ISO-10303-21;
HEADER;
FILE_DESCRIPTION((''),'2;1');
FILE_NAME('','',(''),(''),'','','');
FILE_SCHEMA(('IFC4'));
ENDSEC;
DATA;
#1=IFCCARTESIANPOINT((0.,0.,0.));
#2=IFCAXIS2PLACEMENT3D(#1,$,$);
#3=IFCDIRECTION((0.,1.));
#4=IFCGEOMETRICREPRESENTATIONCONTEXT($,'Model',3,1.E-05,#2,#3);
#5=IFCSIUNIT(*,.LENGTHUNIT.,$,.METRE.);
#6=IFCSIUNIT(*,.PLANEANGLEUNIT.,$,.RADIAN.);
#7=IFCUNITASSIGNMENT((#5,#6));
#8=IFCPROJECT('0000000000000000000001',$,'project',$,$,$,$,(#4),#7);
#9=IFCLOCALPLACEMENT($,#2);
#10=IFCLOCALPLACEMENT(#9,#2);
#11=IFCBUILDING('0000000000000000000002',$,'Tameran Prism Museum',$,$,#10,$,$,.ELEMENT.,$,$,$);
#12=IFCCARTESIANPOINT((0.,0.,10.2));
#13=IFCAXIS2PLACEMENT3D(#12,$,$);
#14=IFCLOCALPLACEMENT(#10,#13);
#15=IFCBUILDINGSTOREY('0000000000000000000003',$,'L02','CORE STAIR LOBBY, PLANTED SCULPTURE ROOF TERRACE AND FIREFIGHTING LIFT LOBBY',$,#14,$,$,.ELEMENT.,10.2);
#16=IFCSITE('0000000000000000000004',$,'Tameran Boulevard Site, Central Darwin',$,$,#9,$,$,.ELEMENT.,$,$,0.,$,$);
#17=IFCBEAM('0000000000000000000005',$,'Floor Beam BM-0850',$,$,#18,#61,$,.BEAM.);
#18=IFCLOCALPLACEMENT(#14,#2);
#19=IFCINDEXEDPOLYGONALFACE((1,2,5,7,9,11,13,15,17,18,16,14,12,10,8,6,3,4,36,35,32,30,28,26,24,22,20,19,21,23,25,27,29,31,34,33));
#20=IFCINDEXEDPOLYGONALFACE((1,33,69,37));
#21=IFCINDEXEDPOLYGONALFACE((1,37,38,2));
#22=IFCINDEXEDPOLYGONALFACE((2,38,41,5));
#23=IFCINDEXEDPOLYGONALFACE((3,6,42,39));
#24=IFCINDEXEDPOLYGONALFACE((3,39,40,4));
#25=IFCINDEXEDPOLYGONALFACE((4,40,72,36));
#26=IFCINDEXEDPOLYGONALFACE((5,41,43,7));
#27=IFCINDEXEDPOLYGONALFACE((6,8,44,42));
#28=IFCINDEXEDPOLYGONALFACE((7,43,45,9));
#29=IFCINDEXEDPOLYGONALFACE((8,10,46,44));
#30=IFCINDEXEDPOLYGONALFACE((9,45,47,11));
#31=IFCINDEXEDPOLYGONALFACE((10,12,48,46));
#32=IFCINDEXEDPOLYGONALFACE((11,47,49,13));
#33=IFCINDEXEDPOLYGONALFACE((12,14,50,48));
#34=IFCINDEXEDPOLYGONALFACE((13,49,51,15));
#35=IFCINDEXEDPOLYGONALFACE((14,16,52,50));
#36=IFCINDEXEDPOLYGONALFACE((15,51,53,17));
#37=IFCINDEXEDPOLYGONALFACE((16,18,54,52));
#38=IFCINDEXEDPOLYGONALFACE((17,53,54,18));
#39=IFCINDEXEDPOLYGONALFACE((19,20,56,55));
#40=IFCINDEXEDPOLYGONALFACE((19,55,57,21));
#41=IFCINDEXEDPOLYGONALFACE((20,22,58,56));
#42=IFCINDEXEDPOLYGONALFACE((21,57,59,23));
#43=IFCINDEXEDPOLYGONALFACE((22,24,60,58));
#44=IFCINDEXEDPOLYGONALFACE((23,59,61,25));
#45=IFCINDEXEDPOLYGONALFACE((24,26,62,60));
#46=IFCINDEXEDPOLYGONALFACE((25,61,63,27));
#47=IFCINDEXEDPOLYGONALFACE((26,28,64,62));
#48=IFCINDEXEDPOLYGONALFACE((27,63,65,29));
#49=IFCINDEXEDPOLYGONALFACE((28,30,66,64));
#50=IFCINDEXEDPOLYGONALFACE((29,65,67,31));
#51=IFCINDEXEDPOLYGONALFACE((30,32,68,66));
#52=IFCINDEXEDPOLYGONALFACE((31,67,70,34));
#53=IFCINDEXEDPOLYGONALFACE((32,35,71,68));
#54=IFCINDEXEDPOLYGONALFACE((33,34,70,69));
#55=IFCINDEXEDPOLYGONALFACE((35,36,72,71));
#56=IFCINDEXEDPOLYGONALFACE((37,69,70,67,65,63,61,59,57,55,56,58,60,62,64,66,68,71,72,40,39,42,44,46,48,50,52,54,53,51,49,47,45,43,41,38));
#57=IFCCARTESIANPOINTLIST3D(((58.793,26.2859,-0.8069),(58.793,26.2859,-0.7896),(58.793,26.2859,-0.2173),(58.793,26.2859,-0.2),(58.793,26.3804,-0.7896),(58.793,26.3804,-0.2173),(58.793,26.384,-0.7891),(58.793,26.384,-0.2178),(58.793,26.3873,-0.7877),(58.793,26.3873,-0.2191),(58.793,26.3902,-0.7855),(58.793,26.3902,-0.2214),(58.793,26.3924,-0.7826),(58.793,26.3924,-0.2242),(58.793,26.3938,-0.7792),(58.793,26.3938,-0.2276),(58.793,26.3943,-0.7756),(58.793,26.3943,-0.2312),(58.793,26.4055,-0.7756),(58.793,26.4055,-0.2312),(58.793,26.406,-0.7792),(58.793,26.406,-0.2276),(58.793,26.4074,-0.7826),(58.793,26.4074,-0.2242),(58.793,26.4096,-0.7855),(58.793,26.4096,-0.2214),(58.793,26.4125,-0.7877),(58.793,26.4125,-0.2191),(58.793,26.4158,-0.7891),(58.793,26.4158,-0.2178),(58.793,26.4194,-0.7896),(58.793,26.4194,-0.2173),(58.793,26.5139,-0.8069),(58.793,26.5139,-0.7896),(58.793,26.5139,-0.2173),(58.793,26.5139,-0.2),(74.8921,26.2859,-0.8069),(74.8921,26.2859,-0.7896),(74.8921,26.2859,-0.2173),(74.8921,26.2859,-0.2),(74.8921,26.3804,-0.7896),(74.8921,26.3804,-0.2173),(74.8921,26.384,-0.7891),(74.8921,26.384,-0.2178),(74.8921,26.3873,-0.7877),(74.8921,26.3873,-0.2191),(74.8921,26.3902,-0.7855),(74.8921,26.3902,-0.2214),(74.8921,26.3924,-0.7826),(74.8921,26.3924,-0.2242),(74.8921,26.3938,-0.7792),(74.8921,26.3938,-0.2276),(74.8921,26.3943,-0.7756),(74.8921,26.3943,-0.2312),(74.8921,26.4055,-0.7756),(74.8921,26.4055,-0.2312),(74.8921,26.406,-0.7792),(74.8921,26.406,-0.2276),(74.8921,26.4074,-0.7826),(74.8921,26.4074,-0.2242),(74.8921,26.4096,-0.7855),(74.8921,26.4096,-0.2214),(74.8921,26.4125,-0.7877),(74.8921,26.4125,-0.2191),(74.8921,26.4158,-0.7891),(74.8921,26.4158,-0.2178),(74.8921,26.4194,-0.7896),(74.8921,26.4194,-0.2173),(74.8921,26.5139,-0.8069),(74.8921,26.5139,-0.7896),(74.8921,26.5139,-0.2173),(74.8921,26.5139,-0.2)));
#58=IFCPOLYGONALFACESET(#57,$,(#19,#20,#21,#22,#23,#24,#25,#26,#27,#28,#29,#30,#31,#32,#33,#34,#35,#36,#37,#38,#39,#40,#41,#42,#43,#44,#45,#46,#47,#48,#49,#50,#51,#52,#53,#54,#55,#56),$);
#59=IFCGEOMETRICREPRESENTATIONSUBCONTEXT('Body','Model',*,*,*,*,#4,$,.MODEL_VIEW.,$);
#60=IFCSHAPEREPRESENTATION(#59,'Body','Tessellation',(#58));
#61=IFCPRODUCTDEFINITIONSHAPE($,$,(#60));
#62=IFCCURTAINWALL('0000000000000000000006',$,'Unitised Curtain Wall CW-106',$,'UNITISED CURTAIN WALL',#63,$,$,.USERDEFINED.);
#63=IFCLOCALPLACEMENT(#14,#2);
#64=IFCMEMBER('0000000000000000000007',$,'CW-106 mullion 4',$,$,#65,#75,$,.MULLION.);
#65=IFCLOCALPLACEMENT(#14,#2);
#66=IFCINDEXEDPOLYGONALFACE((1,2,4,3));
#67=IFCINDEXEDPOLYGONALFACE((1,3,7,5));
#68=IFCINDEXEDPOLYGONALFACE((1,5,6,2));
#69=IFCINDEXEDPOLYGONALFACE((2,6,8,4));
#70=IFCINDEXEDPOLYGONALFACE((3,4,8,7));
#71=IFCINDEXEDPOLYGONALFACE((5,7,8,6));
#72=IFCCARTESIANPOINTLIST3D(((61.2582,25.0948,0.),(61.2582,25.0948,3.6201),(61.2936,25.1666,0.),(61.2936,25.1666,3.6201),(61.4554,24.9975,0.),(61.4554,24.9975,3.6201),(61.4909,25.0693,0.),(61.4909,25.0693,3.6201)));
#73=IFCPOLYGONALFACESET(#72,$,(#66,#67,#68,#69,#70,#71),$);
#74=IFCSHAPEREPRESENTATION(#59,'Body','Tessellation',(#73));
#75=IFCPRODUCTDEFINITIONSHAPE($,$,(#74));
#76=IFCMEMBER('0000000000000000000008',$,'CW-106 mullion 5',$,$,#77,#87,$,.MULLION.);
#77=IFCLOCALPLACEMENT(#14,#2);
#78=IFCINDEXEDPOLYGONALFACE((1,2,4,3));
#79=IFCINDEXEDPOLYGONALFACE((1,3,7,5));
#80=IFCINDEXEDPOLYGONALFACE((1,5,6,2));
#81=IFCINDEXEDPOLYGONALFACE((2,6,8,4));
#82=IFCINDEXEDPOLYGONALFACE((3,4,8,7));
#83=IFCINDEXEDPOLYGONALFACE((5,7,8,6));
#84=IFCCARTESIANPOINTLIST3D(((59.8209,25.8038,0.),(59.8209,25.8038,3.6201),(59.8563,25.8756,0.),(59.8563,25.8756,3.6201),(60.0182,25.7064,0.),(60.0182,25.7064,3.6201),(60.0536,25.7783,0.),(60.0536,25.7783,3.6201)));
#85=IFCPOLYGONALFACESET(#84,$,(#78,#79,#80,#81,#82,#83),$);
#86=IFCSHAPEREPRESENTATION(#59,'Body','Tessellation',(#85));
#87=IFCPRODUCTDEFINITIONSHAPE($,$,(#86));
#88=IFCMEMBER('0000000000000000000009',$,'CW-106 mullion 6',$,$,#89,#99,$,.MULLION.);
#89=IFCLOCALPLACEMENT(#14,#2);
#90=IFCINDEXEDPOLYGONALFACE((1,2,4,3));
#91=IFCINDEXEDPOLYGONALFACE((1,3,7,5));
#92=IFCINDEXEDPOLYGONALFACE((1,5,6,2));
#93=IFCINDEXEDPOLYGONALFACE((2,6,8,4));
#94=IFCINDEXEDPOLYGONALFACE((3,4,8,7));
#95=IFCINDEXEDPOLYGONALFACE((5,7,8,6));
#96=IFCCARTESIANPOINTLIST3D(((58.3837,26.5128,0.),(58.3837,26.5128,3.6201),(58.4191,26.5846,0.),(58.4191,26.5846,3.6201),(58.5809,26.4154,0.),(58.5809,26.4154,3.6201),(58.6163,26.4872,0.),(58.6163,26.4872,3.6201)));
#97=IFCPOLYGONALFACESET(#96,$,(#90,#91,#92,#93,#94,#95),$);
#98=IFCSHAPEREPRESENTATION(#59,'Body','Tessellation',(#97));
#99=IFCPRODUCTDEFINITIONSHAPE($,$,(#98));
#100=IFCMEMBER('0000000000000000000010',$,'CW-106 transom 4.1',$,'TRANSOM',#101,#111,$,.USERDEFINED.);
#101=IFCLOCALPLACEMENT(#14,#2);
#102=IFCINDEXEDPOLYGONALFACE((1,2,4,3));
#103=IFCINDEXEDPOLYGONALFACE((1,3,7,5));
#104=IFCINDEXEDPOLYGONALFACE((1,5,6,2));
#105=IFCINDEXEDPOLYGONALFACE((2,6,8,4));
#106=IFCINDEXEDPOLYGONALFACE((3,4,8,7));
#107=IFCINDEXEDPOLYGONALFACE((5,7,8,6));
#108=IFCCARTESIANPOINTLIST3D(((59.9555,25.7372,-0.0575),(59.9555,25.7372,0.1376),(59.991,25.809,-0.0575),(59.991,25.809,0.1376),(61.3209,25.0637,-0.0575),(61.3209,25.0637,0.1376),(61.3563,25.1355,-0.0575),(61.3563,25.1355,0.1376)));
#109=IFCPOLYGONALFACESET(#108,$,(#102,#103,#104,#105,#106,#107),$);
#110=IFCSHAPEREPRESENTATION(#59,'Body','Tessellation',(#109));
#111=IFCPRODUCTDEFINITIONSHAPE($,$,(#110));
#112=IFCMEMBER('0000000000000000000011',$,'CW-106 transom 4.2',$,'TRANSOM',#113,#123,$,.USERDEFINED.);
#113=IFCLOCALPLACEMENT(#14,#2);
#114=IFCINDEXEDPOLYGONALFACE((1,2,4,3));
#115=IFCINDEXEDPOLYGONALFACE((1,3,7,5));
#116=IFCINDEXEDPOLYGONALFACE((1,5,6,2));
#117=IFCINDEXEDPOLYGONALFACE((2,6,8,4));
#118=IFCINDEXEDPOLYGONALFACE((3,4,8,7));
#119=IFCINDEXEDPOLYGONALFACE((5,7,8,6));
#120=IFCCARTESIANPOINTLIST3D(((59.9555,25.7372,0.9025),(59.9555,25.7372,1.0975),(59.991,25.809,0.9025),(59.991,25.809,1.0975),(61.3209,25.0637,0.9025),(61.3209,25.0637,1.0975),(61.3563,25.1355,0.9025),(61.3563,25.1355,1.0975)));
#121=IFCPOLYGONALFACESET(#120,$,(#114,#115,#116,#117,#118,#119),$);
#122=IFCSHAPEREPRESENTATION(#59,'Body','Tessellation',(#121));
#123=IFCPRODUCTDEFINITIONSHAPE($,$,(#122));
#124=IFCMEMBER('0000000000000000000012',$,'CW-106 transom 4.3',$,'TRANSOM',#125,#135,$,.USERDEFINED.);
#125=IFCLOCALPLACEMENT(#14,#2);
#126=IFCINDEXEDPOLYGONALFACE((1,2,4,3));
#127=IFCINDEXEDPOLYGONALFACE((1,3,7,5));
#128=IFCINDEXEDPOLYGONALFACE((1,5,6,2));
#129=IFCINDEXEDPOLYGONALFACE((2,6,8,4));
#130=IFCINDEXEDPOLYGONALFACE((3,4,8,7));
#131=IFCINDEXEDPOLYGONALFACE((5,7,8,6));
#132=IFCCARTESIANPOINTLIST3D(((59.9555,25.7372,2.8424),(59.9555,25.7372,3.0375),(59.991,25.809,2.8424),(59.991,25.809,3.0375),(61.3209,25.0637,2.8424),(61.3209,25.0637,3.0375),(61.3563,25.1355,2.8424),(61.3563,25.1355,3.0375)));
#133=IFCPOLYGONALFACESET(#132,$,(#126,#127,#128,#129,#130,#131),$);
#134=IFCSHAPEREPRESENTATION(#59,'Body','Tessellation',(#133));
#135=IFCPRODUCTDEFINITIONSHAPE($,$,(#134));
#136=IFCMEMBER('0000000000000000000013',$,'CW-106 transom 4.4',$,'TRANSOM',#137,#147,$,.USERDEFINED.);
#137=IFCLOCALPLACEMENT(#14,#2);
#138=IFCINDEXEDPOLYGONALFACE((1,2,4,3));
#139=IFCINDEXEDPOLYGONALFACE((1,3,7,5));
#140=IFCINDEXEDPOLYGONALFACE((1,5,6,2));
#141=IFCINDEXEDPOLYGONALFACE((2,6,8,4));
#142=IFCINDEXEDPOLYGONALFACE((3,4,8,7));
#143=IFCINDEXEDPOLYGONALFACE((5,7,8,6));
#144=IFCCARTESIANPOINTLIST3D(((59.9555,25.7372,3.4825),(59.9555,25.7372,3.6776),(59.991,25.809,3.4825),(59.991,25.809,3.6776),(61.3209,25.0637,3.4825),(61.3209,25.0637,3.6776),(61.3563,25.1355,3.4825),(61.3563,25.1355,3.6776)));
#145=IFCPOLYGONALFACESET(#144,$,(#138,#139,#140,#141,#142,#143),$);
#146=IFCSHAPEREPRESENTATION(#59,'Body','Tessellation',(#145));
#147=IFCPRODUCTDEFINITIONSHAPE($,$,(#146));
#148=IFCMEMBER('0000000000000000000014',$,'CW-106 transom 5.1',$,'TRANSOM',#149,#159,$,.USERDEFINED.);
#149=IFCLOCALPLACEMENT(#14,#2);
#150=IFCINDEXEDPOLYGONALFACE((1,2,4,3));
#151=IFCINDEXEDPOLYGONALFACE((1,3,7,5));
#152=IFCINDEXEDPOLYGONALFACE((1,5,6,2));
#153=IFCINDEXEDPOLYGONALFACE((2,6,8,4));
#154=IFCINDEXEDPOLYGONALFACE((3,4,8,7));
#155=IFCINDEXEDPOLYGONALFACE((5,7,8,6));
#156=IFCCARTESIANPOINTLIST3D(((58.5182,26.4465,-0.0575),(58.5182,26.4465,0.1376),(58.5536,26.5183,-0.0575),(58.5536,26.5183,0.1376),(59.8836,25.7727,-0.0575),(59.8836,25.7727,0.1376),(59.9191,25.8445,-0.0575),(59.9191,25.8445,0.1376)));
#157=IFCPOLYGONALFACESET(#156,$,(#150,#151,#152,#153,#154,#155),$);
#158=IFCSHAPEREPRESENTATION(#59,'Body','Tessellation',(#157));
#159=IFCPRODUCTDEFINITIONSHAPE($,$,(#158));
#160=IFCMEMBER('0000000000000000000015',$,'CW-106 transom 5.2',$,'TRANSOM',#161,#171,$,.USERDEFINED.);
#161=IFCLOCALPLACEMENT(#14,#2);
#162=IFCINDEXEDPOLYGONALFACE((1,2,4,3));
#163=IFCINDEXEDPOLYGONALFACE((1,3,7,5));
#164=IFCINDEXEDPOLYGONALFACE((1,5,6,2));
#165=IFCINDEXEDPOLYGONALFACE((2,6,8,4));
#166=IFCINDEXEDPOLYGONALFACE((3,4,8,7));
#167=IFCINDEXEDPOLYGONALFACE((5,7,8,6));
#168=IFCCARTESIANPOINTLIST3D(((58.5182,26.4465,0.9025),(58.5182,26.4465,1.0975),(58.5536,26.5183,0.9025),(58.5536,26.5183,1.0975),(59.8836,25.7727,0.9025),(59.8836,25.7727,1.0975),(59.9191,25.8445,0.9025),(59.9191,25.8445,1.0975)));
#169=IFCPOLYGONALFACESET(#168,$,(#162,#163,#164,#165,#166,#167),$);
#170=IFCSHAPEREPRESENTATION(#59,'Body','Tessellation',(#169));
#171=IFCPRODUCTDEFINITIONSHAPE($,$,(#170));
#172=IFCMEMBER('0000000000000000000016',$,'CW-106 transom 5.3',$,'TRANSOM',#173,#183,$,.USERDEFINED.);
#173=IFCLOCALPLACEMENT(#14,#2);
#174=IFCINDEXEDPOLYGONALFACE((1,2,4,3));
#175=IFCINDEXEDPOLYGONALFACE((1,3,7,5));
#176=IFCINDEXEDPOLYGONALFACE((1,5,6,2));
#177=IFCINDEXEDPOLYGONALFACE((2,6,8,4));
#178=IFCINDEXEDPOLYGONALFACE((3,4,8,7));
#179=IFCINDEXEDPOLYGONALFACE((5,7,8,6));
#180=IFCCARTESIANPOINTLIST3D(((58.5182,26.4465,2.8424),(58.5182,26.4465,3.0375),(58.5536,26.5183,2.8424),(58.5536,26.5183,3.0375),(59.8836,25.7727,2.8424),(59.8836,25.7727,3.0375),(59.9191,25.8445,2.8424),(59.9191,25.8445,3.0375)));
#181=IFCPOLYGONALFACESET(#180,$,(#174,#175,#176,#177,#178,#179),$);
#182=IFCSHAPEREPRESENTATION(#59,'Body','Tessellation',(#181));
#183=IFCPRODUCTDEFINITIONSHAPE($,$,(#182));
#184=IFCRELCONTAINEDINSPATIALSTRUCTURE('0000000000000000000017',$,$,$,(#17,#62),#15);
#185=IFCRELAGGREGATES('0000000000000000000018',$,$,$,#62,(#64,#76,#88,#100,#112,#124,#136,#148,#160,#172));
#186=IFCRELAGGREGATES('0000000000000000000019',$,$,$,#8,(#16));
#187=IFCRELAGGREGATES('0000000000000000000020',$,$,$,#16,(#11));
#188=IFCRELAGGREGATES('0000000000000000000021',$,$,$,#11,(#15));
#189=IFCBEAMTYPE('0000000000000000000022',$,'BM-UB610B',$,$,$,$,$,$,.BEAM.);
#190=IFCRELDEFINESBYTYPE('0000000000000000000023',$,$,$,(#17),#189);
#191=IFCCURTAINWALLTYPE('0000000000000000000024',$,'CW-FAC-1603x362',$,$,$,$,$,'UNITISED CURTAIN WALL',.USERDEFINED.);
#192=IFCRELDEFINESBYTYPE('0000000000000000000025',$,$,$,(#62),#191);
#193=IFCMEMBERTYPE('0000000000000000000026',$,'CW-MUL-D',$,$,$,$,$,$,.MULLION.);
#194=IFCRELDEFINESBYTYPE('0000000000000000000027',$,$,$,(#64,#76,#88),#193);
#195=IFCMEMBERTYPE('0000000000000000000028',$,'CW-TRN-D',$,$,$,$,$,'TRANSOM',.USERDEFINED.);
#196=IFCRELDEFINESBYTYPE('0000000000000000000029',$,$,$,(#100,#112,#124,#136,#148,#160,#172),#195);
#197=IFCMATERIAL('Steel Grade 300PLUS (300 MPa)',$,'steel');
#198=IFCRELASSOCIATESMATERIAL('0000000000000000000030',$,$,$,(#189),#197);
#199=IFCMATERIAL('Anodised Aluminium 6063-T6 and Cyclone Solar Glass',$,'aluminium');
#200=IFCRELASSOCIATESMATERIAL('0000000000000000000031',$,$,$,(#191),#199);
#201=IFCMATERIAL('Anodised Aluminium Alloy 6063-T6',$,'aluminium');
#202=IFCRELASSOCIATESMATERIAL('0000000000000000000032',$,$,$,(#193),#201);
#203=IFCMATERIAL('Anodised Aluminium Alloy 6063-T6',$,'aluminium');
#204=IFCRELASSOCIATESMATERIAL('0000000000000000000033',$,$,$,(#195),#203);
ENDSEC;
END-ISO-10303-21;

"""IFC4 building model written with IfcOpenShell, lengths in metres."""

from ifc_helpers import new_model, si_unit, direction, frame, origin, origin_2d, place, context, subcontext, project, spatial, rectangle, i_section, extrude, material, material_profile, profile_set, type_object, element, aggregate, save


model = new_model("IFC4")

# Units and contexts
model_context = context("Model", 3, precision=1e-05, world=origin(), true_north=direction((0.0, 1.0)))
body_context = subcontext(model_context, "Body", "Model", "MODEL_VIEW")
ifc_project = project(units=[si_unit("LENGTHUNIT", "METRE"), si_unit("PLANEANGLEUNIT", "RADIAN")], contexts=[model_context])

# Site, building, storey
site_placement = place(None, origin())
site = spatial("IfcSite", under=ifc_project, at=site_placement, Name="Tameran Boulevard Site, Central Darwin", CompositionType="ELEMENT", RefElevation=0.0)
building_placement = place(site_placement, origin())
building = spatial("IfcBuilding", under=site, at=building_placement, Name="Tameran Prism Museum", CompositionType="ELEMENT")
storey_placement = place(building_placement, frame((0.0, 0.0, 10.2)))
storey = spatial("IfcBuildingStorey", under=building, at=storey_placement, Name="L02", Description="CORE STAIR LOBBY, PLANTED SCULPTURE ROOF TERRACE AND FIREFIGHTING LIFT LOBBY", CompositionType="ELEMENT", Elevation=10.2)

# Beam
ifc_material_1 = material(Name="Steel Grade 300PLUS (300 MPa)", Category="steel")
ifc_material_profile_1 = material_profile(ifc_material_1, i_section(OverallWidth=0.228, OverallDepth=0.6069, WebThickness=0.0112, FlangeThickness=0.0173, FilletRadius=0.0139, at=origin_2d()))
ifc_profile_set_1 = profile_set([ifc_material_profile_1])
beam_type = type_object("IfcBeamType", Name="BM-UB610B", PredefinedType="BEAM", material=ifc_profile_set_1)
beam_placement = place(storey_placement, frame((58.793, 26.3999, -0.5034), z_axis=(1.0, 0.0, 0.0), x_axis=(0.0, 1.0, 0.0)))
element("IfcBeam", 1, at=beam_placement, inside=storey, type_object=beam_type, Name="Floor Beam BM-0850", PredefinedType="BEAM", context=body_context, shape_type="SweptSolid", body=[
    extrude(i_section(OverallWidth=0.228, OverallDepth=0.6069, WebThickness=0.0112, FlangeThickness=0.0173, FilletRadius=0.0139, at=origin_2d()), origin(), (0.0, 0.0, 1.0), 16.0991),
])

# Curtain wall, members
ifc_material_2 = material(Name="Anodised Aluminium 6063-T6 and Cyclone Solar Glass", Category="aluminium")
curtain_wall_type = type_object("IfcCurtainWallType", Name="CW-FAC-1603x362", ElementType="UNITISED CURTAIN WALL", PredefinedType="USERDEFINED", material=ifc_material_2)
curtain_wall_placement = place(storey_placement, origin())
curtain_wall = element("IfcCurtainWall", 2, at=curtain_wall_placement, inside=storey, type_object=curtain_wall_type, Name="Unitised Curtain Wall CW-106", ObjectType="UNITISED CURTAIN WALL", PredefinedType="USERDEFINED")
ifc_material_3 = material(Name="Anodised Aluminium Alloy 6063-T6", Category="aluminium")
ifc_material_profile_2 = material_profile(ifc_material_3, rectangle(XDim=0.0801, YDim=0.22, at=origin_2d()))
ifc_profile_set_2 = profile_set([ifc_material_profile_2])
member_type_1 = type_object("IfcMemberType", Name="CW-MUL-D", PredefinedType="MULLION", material=ifc_profile_set_2)
member_1_placement = place(storey_placement, frame((61.3745, 25.082, 0.0), z_axis=(0.0, 0.0, 1.0), x_axis=(-0.442415, -0.896811, 0.0)))
member_1 = element("IfcMember", 3, at=member_1_placement, type_object=member_type_1, Name="CW-106 mullion 4", PredefinedType="MULLION", context=body_context, shape_type="SweptSolid", body=[
    extrude(rectangle(XDim=0.0801, YDim=0.22, at=origin_2d()), origin(), (0.0, 0.0, 1.0), 3.6201),
])
member_2_placement = place(storey_placement, frame((59.9373, 25.791, 0.0), z_axis=(0.0, 0.0, 1.0), x_axis=(-0.442415, -0.896811, 0.0)))
member_2 = element("IfcMember", 4, at=member_2_placement, type_object=member_type_1, Name="CW-106 mullion 5", PredefinedType="MULLION", context=body_context, shape_type="SweptSolid", body=[
    extrude(rectangle(XDim=0.0801, YDim=0.22, at=origin_2d()), origin(), (0.0, 0.0, 1.0), 3.6201),
])
member_3_placement = place(storey_placement, frame((58.5, 26.5, 0.0), z_axis=(0.0, 0.0, 1.0), x_axis=(-0.442415, -0.896811, 0.0)))
member_3 = element("IfcMember", 5, at=member_3_placement, type_object=member_type_1, Name="CW-106 mullion 6", PredefinedType="MULLION", context=body_context, shape_type="SweptSolid", body=[
    extrude(rectangle(XDim=0.0801, YDim=0.22, at=origin_2d()), origin(), (0.0, 0.0, 1.0), 3.6201),
])
ifc_material_4 = material(Name="Anodised Aluminium Alloy 6063-T6", Category="aluminium")
ifc_material_profile_3 = material_profile(ifc_material_4, rectangle(XDim=0.0801, YDim=0.1951, at=origin_2d()))
ifc_profile_set_3 = profile_set([ifc_material_profile_3])
member_type_2 = type_object("IfcMemberType", Name="CW-TRN-D", ElementType="TRANSOM", PredefinedType="USERDEFINED", material=ifc_profile_set_3)
member_4_placement = place(storey_placement, frame((61.3386, 25.0996, 0.04), z_axis=(-0.896819, 0.442397, 0.0), x_axis=(-0.442397, -0.896819, 0.0)))
member_4 = element("IfcMember", 6, at=member_4_placement, type_object=member_type_2, Name="CW-106 transom 4.1", ObjectType="TRANSOM", PredefinedType="USERDEFINED", context=body_context, shape_type="SweptSolid", body=[
    extrude(rectangle(XDim=0.0801, YDim=0.1951, at=origin_2d()), origin(), (0.0, 0.0, 1.0), 1.5225),
])
member_5_placement = place(storey_placement, frame((61.3386, 25.0996, 1.0), z_axis=(-0.896819, 0.442397, 0.0), x_axis=(-0.442397, -0.896819, 0.0)))
member_5 = element("IfcMember", 7, at=member_5_placement, type_object=member_type_2, Name="CW-106 transom 4.2", ObjectType="TRANSOM", PredefinedType="USERDEFINED", context=body_context, shape_type="SweptSolid", body=[
    extrude(rectangle(XDim=0.0801, YDim=0.1951, at=origin_2d()), origin(), (0.0, 0.0, 1.0), 1.5225),
])
member_6_placement = place(storey_placement, frame((61.3386, 25.0996, 2.9399), z_axis=(-0.896819, 0.442397, 0.0), x_axis=(-0.442397, -0.896819, 0.0)))
member_6 = element("IfcMember", 8, at=member_6_placement, type_object=member_type_2, Name="CW-106 transom 4.3", ObjectType="TRANSOM", PredefinedType="USERDEFINED", context=body_context, shape_type="SweptSolid", body=[
    extrude(rectangle(XDim=0.0801, YDim=0.1951, at=origin_2d()), origin(), (0.0, 0.0, 1.0), 1.5225),
])
member_7_placement = place(storey_placement, frame((61.3386, 25.0996, 3.5801), z_axis=(-0.896819, 0.442397, 0.0), x_axis=(-0.442397, -0.896819, 0.0)))
member_7 = element("IfcMember", 9, at=member_7_placement, type_object=member_type_2, Name="CW-106 transom 4.4", ObjectType="TRANSOM", PredefinedType="USERDEFINED", context=body_context, shape_type="SweptSolid", body=[
    extrude(rectangle(XDim=0.0801, YDim=0.1951, at=origin_2d()), origin(), (0.0, 0.0, 1.0), 1.5225),
])
member_8_placement = place(storey_placement, frame((59.9014, 25.8086, 0.04), z_axis=(-0.896756, 0.442526, 0.0), x_axis=(-0.442526, -0.896756, 0.0)))
member_8 = element("IfcMember", 10, at=member_8_placement, type_object=member_type_2, Name="CW-106 transom 5.1", ObjectType="TRANSOM", PredefinedType="USERDEFINED", context=body_context, shape_type="SweptSolid", body=[
    extrude(rectangle(XDim=0.0801, YDim=0.1951, at=origin_2d()), origin(), (0.0, 0.0, 1.0), 1.5227),
])
member_9_placement = place(storey_placement, frame((59.9014, 25.8086, 1.0), z_axis=(-0.896756, 0.442526, 0.0), x_axis=(-0.442526, -0.896756, 0.0)))
member_9 = element("IfcMember", 11, at=member_9_placement, type_object=member_type_2, Name="CW-106 transom 5.2", ObjectType="TRANSOM", PredefinedType="USERDEFINED", context=body_context, shape_type="SweptSolid", body=[
    extrude(rectangle(XDim=0.0801, YDim=0.1951, at=origin_2d()), origin(), (0.0, 0.0, 1.0), 1.5227),
])
member_10_placement = place(storey_placement, frame((59.9014, 25.8086, 2.9399), z_axis=(-0.896756, 0.442526, 0.0), x_axis=(-0.442526, -0.896756, 0.0)))
member_10 = element("IfcMember", 12, at=member_10_placement, type_object=member_type_2, Name="CW-106 transom 5.3", ObjectType="TRANSOM", PredefinedType="USERDEFINED", context=body_context, shape_type="SweptSolid", body=[
    extrude(rectangle(XDim=0.0801, YDim=0.1951, at=origin_2d()), origin(), (0.0, 0.0, 1.0), 1.5227),
])
aggregate(curtain_wall, [member_1, member_2, member_3, member_4, member_5, member_6, member_7, member_8, member_9, member_10])

save(model, "model.ifc")
